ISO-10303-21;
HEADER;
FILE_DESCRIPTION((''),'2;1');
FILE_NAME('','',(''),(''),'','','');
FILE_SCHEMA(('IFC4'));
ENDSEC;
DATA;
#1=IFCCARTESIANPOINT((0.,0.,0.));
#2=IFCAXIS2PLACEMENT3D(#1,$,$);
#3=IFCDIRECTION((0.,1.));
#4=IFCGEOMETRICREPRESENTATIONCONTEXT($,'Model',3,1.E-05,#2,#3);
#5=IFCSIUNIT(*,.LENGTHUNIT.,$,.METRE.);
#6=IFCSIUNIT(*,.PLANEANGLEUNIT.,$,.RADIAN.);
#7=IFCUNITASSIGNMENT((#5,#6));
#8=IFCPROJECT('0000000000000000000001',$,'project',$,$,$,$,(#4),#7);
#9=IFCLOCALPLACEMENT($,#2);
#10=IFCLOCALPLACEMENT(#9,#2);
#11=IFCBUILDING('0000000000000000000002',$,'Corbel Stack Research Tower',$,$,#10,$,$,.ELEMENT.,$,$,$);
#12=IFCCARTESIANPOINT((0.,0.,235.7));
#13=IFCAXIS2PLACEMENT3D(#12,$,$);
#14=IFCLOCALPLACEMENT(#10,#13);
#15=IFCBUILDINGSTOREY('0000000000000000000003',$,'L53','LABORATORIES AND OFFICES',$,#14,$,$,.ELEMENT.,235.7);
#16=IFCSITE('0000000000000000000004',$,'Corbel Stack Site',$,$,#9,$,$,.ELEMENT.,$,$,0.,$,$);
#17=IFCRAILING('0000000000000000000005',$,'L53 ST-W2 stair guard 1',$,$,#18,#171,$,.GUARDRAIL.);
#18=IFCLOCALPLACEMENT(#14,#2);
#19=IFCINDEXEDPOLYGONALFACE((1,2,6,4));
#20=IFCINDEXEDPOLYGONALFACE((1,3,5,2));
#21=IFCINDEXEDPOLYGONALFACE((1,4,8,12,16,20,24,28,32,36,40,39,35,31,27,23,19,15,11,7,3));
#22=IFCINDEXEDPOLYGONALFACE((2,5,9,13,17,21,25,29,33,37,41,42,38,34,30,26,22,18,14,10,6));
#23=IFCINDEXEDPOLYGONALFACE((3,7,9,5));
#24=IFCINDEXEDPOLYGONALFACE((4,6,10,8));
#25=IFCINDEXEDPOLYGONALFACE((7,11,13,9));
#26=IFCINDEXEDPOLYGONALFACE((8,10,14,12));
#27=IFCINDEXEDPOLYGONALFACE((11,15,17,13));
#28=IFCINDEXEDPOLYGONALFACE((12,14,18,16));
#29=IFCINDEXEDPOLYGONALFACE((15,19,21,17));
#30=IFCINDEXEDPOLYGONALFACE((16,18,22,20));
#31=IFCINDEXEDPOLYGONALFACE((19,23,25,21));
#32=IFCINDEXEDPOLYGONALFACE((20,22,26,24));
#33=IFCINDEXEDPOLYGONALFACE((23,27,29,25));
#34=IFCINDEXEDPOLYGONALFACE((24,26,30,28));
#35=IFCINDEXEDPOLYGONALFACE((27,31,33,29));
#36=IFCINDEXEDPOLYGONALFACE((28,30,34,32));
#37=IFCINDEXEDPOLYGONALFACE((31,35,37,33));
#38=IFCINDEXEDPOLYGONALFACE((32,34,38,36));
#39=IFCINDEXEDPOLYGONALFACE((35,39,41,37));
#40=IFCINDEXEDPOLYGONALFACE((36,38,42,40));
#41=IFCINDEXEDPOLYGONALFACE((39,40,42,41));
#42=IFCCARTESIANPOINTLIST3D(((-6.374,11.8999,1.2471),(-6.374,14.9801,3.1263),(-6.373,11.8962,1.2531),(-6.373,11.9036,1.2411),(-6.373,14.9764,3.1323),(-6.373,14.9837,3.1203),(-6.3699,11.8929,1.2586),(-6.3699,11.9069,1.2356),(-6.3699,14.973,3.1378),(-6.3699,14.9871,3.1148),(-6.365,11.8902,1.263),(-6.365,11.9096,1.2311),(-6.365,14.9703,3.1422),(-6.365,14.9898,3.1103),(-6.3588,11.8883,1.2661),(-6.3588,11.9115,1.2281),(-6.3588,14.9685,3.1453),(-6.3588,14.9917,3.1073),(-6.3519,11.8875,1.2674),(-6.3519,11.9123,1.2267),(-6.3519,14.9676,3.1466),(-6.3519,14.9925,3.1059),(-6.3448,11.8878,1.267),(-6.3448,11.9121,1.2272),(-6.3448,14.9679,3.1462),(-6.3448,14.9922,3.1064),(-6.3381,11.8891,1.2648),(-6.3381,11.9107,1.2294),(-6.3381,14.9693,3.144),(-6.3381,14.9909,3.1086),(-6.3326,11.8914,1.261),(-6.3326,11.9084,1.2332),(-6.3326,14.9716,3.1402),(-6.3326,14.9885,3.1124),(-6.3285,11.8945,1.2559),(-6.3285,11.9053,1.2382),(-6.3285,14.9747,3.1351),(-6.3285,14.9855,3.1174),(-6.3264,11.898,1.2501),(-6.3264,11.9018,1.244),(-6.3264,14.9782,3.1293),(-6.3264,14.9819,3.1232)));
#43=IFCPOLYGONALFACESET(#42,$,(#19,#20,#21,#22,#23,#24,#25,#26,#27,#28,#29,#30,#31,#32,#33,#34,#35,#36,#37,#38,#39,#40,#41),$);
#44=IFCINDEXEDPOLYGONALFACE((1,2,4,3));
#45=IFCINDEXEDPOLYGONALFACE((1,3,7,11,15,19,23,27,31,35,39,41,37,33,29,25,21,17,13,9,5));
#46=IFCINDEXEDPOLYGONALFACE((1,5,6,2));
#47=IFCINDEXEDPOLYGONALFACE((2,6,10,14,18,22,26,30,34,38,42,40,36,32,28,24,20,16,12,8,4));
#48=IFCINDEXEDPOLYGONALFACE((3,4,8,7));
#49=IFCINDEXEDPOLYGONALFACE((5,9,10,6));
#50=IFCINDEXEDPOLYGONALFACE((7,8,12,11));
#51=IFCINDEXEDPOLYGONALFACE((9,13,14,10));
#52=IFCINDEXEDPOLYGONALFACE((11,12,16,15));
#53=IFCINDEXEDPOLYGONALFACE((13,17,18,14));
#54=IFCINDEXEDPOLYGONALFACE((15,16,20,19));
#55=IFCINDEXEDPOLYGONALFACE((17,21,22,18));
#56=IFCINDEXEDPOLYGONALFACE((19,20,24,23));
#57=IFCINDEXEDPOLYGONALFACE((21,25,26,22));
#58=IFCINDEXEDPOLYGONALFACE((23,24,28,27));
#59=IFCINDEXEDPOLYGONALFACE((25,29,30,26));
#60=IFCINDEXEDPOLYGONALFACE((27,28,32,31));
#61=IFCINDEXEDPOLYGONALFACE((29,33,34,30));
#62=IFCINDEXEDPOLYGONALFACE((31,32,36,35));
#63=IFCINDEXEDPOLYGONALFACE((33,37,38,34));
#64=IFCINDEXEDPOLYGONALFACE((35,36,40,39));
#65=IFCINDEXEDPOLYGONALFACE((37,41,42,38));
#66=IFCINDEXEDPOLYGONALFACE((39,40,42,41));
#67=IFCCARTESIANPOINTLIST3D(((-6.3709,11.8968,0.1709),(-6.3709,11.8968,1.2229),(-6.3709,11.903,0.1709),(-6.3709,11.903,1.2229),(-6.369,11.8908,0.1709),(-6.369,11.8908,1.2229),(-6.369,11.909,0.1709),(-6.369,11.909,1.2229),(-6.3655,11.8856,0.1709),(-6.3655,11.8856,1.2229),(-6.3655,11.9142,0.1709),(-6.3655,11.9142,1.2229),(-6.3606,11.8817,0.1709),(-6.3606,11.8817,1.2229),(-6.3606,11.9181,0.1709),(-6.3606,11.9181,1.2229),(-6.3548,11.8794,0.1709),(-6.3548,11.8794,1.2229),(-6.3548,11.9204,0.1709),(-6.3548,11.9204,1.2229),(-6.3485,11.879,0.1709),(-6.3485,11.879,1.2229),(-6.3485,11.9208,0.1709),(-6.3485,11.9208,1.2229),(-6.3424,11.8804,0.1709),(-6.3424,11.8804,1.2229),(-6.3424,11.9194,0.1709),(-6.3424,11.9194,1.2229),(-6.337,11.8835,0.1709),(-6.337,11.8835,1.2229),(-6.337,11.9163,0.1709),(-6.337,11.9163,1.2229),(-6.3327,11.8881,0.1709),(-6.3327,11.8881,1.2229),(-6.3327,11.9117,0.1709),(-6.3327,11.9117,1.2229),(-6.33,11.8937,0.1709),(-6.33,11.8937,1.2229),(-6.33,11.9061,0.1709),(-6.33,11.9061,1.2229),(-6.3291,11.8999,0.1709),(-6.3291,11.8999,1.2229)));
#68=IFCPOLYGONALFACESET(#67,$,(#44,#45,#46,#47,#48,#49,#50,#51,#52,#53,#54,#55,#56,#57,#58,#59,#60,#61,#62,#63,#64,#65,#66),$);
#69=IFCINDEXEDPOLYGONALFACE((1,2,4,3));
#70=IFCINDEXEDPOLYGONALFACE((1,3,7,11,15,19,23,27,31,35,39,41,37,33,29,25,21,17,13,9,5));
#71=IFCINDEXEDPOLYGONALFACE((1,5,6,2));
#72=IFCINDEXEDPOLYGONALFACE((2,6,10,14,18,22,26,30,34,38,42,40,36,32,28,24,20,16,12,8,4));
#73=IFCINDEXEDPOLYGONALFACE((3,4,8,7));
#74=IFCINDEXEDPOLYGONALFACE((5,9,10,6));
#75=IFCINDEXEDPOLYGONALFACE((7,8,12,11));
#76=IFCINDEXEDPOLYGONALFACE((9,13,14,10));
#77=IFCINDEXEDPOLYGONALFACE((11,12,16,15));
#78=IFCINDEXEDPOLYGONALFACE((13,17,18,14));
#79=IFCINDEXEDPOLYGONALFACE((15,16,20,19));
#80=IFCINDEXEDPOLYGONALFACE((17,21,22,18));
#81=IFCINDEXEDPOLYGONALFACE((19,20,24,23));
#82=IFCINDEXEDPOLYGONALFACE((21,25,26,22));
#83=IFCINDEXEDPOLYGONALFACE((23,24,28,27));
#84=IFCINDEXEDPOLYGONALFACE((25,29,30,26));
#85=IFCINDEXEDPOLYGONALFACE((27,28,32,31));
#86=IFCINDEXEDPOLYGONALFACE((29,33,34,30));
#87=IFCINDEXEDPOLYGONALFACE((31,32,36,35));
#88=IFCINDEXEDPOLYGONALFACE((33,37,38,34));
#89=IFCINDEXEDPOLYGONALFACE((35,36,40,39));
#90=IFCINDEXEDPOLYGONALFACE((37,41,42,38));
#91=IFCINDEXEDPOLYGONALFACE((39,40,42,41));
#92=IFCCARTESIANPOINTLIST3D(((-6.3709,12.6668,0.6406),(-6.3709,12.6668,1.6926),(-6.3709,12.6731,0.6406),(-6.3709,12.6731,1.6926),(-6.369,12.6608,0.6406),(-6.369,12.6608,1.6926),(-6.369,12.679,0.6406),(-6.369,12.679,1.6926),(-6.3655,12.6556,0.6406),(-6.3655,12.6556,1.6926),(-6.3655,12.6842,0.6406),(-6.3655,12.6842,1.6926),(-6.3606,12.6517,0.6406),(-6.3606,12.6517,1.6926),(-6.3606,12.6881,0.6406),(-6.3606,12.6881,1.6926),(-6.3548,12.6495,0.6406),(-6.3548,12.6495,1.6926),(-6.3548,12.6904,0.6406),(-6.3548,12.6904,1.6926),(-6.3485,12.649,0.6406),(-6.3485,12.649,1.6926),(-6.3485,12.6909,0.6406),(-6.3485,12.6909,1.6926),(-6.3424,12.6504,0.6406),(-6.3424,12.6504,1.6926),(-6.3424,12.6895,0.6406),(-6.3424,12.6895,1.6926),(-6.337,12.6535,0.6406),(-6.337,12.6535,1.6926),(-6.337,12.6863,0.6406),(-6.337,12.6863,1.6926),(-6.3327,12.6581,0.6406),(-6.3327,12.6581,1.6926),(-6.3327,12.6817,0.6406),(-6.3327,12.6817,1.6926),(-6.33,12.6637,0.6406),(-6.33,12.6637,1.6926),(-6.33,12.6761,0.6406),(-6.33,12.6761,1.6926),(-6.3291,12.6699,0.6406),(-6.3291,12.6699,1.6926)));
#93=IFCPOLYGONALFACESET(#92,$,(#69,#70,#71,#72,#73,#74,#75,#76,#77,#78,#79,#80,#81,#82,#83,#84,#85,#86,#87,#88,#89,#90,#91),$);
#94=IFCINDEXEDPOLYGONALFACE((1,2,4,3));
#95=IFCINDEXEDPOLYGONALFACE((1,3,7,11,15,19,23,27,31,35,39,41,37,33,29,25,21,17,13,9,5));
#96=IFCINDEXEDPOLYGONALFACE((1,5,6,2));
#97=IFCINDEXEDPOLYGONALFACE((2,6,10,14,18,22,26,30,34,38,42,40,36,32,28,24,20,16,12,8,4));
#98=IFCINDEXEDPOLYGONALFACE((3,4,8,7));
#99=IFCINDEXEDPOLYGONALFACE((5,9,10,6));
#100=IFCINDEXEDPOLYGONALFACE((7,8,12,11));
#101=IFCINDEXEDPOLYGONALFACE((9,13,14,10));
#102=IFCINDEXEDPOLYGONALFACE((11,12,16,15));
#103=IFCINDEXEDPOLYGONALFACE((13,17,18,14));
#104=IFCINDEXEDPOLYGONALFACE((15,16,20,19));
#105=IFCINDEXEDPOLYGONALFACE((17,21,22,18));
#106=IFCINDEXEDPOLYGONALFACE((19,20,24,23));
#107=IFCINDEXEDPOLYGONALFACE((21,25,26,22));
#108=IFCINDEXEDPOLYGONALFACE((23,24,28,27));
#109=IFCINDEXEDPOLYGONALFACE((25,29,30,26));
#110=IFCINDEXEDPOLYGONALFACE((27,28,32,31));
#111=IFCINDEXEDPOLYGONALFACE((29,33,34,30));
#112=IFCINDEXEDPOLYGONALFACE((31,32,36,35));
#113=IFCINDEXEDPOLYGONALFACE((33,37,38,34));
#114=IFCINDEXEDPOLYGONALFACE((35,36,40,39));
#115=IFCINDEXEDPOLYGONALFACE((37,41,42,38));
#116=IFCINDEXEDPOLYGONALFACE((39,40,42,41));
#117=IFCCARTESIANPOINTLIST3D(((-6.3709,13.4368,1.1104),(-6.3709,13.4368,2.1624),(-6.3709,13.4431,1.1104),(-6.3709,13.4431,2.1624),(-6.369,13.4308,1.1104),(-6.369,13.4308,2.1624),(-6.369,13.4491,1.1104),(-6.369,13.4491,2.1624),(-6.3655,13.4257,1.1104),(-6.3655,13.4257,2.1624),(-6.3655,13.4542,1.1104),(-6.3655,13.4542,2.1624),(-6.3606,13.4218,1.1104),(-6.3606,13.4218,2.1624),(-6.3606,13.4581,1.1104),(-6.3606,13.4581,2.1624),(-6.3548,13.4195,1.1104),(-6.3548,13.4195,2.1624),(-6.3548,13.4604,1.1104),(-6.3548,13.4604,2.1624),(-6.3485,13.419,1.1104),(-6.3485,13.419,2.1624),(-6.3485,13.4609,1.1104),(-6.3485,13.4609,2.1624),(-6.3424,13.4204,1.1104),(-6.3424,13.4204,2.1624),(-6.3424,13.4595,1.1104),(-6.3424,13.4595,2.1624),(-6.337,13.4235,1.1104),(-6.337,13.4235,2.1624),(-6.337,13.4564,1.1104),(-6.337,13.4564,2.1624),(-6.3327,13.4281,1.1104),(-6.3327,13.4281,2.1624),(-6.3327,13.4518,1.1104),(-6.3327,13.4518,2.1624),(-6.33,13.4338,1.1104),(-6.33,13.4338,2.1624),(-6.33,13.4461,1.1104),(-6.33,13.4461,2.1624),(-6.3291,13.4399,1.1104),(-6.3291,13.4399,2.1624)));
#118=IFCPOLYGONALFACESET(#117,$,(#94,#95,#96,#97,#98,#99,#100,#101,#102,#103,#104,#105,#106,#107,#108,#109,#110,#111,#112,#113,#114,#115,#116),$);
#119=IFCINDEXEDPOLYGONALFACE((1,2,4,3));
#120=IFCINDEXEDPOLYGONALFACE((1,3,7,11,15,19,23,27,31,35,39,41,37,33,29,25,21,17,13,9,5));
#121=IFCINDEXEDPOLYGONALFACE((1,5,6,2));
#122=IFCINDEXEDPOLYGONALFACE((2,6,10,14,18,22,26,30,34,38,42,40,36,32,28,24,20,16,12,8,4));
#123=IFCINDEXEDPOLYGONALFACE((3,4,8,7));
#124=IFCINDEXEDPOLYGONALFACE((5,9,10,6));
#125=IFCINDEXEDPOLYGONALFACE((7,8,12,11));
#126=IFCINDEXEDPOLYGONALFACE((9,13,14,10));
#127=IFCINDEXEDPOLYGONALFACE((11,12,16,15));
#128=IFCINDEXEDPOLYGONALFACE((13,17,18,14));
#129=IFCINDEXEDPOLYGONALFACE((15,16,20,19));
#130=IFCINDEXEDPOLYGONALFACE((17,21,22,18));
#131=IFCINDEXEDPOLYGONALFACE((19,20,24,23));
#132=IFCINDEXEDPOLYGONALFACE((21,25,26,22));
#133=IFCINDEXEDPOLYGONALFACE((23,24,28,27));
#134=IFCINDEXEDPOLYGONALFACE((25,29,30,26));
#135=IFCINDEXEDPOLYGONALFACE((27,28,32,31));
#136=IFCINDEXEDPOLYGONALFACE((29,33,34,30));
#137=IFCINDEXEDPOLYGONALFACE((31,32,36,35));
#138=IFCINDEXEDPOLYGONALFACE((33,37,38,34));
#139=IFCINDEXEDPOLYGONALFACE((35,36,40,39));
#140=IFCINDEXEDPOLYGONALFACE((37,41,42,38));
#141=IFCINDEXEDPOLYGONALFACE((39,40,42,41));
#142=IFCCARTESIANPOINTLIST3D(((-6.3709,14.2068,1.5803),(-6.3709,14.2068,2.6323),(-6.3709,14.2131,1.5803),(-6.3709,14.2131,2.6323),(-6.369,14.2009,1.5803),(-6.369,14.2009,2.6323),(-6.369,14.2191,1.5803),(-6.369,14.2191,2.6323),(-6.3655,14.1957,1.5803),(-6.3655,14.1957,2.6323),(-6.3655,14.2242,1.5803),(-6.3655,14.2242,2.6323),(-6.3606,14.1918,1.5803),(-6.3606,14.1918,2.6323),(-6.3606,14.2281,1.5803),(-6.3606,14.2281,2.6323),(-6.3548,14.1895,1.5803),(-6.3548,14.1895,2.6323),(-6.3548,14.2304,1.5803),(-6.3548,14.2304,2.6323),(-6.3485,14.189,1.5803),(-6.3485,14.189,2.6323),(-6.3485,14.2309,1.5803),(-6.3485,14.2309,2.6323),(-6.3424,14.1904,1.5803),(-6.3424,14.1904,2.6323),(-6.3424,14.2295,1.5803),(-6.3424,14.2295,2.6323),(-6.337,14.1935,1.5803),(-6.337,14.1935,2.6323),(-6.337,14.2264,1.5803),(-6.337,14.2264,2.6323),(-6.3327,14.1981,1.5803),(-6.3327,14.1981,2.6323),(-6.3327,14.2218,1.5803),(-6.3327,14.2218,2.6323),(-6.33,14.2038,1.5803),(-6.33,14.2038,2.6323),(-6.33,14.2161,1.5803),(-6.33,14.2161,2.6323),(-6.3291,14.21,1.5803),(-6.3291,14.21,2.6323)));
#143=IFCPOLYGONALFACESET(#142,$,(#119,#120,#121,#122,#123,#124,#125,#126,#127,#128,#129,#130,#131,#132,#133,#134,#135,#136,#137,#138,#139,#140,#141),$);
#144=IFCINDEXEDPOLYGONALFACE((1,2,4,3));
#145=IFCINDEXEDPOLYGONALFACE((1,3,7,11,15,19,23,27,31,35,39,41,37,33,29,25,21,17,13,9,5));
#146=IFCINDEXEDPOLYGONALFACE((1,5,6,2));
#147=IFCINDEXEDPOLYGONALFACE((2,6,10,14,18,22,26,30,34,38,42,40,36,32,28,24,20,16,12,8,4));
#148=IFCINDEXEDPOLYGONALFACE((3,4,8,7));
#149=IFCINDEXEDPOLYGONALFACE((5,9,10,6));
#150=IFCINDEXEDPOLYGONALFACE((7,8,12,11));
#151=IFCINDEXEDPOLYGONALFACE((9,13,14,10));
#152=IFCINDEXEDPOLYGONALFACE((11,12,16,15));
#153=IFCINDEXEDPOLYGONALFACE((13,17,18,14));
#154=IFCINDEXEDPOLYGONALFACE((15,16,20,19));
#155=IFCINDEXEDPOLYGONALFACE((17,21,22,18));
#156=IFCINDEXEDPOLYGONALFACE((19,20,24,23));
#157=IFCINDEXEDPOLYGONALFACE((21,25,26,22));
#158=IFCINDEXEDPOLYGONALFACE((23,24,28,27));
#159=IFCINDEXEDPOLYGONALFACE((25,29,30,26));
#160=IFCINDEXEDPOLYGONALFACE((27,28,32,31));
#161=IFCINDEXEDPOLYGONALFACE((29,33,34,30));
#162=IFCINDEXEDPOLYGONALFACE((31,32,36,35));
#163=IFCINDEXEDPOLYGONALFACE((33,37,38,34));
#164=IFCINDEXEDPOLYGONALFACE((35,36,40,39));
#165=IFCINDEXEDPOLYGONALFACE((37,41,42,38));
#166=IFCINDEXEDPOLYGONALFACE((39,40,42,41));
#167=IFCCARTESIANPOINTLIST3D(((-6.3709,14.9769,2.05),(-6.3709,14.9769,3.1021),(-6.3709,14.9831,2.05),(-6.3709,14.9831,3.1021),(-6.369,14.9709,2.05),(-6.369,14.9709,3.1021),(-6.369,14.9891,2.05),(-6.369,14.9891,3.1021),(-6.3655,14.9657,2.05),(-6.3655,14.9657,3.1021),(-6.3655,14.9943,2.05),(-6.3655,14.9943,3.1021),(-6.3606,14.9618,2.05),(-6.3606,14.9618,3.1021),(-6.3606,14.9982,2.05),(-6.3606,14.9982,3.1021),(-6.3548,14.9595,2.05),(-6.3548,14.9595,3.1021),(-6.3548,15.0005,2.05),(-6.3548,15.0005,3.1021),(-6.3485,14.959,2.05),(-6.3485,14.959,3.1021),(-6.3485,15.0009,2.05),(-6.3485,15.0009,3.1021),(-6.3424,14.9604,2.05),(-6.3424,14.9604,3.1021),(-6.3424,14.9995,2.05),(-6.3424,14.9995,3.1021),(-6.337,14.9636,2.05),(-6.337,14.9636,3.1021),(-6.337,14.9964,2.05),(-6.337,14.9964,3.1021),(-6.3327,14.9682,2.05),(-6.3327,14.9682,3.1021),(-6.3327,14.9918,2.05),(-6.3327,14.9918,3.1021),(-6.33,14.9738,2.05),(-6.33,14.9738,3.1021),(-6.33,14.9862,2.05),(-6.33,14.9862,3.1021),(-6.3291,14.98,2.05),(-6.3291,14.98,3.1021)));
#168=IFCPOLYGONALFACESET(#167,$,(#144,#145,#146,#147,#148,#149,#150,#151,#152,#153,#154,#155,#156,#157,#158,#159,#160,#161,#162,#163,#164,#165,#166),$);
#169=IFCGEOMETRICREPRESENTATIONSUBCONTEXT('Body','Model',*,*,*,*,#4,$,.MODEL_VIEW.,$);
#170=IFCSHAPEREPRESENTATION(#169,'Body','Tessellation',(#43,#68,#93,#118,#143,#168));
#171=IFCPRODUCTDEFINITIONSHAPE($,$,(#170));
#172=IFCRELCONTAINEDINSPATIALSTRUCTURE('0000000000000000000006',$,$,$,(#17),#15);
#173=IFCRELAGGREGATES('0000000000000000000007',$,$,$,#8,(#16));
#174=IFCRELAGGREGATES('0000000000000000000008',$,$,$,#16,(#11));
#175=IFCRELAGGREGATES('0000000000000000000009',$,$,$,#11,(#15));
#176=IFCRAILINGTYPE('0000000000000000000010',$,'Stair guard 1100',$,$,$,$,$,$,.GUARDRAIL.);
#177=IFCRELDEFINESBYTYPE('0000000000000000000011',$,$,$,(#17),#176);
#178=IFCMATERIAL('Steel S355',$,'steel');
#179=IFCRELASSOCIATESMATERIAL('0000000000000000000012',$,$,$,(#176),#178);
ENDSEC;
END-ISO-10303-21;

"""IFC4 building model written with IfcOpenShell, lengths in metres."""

from ifc_helpers import new_model, si_unit, direction, frame, origin, origin_2d, place, context, subcontext, project, spatial, circle, extrude, material, type_object, element, save


model = new_model("IFC4")

# Units and contexts
model_context = context("Model", 3, precision=1e-05, world=origin(), true_north=direction((0.0, 1.0)))
body_context = subcontext(model_context, "Body", "Model", "MODEL_VIEW")
ifc_project = project(units=[si_unit("LENGTHUNIT", "METRE"), si_unit("PLANEANGLEUNIT", "RADIAN")], contexts=[model_context])

# Site, building, storey
site_placement = place(None, origin())
site = spatial("IfcSite", under=ifc_project, at=site_placement, Name="Corbel Stack Site", CompositionType="ELEMENT", RefElevation=0.0)
building_placement = place(site_placement, origin())
building = spatial("IfcBuilding", under=site, at=building_placement, Name="Corbel Stack Research Tower", CompositionType="ELEMENT")
storey_placement = place(building_placement, frame((0.0, 0.0, 235.7)))
storey = spatial("IfcBuildingStorey", under=building, at=storey_placement, Name="L53", Description="LABORATORIES AND OFFICES", CompositionType="ELEMENT", Elevation=235.7)

# Railing
ifc_material_1 = material(Name="Steel S355", Category="steel")
railing_type_1 = type_object("IfcRailingType", Name="Stair guard 1100", PredefinedType="GUARDRAIL", material=ifc_material_1)
railing_1_placement = place(storey_placement, frame((-6.3501, 11.8999, 0.1709)))
element("IfcRailing", 1, at=railing_1_placement, inside=storey, type_object=railing_type_1, Name="L53 ST-W2 stair guard 1", PredefinedType="GUARDRAIL", context=body_context, shape_type="SweptSolid", body=[
    extrude(circle(Radius=0.0239, at=origin_2d()), frame((0.0, 0.0, 1.0762), z_axis=(0.0, 0.853666, 0.52082), x_axis=(-1.0, 0.0, 0.0)), (0.0, 0.0, 1.0), 3.6082),
    extrude(circle(Radius=0.021, at=origin_2d()), origin(), (0.0, 0.0, 1.0), 1.052),
    extrude(circle(Radius=0.021, at=origin_2d()), frame((0.0, 0.77, 0.4697)), (0.0, 0.0, 1.0), 1.052),
    extrude(circle(Radius=0.021, at=origin_2d()), frame((0.0, 1.54, 0.9395)), (0.0, 0.0, 1.0), 1.052),
    extrude(circle(Radius=0.021, at=origin_2d()), frame((0.0, 2.3101, 1.4094)), (0.0, 0.0, 1.0), 1.052),
    extrude(circle(Radius=0.021, at=origin_2d()), frame((0.0, 3.0801, 1.8792)), (0.0, 0.0, 1.0), 1.052),
])

save(model, "model.ifc")
